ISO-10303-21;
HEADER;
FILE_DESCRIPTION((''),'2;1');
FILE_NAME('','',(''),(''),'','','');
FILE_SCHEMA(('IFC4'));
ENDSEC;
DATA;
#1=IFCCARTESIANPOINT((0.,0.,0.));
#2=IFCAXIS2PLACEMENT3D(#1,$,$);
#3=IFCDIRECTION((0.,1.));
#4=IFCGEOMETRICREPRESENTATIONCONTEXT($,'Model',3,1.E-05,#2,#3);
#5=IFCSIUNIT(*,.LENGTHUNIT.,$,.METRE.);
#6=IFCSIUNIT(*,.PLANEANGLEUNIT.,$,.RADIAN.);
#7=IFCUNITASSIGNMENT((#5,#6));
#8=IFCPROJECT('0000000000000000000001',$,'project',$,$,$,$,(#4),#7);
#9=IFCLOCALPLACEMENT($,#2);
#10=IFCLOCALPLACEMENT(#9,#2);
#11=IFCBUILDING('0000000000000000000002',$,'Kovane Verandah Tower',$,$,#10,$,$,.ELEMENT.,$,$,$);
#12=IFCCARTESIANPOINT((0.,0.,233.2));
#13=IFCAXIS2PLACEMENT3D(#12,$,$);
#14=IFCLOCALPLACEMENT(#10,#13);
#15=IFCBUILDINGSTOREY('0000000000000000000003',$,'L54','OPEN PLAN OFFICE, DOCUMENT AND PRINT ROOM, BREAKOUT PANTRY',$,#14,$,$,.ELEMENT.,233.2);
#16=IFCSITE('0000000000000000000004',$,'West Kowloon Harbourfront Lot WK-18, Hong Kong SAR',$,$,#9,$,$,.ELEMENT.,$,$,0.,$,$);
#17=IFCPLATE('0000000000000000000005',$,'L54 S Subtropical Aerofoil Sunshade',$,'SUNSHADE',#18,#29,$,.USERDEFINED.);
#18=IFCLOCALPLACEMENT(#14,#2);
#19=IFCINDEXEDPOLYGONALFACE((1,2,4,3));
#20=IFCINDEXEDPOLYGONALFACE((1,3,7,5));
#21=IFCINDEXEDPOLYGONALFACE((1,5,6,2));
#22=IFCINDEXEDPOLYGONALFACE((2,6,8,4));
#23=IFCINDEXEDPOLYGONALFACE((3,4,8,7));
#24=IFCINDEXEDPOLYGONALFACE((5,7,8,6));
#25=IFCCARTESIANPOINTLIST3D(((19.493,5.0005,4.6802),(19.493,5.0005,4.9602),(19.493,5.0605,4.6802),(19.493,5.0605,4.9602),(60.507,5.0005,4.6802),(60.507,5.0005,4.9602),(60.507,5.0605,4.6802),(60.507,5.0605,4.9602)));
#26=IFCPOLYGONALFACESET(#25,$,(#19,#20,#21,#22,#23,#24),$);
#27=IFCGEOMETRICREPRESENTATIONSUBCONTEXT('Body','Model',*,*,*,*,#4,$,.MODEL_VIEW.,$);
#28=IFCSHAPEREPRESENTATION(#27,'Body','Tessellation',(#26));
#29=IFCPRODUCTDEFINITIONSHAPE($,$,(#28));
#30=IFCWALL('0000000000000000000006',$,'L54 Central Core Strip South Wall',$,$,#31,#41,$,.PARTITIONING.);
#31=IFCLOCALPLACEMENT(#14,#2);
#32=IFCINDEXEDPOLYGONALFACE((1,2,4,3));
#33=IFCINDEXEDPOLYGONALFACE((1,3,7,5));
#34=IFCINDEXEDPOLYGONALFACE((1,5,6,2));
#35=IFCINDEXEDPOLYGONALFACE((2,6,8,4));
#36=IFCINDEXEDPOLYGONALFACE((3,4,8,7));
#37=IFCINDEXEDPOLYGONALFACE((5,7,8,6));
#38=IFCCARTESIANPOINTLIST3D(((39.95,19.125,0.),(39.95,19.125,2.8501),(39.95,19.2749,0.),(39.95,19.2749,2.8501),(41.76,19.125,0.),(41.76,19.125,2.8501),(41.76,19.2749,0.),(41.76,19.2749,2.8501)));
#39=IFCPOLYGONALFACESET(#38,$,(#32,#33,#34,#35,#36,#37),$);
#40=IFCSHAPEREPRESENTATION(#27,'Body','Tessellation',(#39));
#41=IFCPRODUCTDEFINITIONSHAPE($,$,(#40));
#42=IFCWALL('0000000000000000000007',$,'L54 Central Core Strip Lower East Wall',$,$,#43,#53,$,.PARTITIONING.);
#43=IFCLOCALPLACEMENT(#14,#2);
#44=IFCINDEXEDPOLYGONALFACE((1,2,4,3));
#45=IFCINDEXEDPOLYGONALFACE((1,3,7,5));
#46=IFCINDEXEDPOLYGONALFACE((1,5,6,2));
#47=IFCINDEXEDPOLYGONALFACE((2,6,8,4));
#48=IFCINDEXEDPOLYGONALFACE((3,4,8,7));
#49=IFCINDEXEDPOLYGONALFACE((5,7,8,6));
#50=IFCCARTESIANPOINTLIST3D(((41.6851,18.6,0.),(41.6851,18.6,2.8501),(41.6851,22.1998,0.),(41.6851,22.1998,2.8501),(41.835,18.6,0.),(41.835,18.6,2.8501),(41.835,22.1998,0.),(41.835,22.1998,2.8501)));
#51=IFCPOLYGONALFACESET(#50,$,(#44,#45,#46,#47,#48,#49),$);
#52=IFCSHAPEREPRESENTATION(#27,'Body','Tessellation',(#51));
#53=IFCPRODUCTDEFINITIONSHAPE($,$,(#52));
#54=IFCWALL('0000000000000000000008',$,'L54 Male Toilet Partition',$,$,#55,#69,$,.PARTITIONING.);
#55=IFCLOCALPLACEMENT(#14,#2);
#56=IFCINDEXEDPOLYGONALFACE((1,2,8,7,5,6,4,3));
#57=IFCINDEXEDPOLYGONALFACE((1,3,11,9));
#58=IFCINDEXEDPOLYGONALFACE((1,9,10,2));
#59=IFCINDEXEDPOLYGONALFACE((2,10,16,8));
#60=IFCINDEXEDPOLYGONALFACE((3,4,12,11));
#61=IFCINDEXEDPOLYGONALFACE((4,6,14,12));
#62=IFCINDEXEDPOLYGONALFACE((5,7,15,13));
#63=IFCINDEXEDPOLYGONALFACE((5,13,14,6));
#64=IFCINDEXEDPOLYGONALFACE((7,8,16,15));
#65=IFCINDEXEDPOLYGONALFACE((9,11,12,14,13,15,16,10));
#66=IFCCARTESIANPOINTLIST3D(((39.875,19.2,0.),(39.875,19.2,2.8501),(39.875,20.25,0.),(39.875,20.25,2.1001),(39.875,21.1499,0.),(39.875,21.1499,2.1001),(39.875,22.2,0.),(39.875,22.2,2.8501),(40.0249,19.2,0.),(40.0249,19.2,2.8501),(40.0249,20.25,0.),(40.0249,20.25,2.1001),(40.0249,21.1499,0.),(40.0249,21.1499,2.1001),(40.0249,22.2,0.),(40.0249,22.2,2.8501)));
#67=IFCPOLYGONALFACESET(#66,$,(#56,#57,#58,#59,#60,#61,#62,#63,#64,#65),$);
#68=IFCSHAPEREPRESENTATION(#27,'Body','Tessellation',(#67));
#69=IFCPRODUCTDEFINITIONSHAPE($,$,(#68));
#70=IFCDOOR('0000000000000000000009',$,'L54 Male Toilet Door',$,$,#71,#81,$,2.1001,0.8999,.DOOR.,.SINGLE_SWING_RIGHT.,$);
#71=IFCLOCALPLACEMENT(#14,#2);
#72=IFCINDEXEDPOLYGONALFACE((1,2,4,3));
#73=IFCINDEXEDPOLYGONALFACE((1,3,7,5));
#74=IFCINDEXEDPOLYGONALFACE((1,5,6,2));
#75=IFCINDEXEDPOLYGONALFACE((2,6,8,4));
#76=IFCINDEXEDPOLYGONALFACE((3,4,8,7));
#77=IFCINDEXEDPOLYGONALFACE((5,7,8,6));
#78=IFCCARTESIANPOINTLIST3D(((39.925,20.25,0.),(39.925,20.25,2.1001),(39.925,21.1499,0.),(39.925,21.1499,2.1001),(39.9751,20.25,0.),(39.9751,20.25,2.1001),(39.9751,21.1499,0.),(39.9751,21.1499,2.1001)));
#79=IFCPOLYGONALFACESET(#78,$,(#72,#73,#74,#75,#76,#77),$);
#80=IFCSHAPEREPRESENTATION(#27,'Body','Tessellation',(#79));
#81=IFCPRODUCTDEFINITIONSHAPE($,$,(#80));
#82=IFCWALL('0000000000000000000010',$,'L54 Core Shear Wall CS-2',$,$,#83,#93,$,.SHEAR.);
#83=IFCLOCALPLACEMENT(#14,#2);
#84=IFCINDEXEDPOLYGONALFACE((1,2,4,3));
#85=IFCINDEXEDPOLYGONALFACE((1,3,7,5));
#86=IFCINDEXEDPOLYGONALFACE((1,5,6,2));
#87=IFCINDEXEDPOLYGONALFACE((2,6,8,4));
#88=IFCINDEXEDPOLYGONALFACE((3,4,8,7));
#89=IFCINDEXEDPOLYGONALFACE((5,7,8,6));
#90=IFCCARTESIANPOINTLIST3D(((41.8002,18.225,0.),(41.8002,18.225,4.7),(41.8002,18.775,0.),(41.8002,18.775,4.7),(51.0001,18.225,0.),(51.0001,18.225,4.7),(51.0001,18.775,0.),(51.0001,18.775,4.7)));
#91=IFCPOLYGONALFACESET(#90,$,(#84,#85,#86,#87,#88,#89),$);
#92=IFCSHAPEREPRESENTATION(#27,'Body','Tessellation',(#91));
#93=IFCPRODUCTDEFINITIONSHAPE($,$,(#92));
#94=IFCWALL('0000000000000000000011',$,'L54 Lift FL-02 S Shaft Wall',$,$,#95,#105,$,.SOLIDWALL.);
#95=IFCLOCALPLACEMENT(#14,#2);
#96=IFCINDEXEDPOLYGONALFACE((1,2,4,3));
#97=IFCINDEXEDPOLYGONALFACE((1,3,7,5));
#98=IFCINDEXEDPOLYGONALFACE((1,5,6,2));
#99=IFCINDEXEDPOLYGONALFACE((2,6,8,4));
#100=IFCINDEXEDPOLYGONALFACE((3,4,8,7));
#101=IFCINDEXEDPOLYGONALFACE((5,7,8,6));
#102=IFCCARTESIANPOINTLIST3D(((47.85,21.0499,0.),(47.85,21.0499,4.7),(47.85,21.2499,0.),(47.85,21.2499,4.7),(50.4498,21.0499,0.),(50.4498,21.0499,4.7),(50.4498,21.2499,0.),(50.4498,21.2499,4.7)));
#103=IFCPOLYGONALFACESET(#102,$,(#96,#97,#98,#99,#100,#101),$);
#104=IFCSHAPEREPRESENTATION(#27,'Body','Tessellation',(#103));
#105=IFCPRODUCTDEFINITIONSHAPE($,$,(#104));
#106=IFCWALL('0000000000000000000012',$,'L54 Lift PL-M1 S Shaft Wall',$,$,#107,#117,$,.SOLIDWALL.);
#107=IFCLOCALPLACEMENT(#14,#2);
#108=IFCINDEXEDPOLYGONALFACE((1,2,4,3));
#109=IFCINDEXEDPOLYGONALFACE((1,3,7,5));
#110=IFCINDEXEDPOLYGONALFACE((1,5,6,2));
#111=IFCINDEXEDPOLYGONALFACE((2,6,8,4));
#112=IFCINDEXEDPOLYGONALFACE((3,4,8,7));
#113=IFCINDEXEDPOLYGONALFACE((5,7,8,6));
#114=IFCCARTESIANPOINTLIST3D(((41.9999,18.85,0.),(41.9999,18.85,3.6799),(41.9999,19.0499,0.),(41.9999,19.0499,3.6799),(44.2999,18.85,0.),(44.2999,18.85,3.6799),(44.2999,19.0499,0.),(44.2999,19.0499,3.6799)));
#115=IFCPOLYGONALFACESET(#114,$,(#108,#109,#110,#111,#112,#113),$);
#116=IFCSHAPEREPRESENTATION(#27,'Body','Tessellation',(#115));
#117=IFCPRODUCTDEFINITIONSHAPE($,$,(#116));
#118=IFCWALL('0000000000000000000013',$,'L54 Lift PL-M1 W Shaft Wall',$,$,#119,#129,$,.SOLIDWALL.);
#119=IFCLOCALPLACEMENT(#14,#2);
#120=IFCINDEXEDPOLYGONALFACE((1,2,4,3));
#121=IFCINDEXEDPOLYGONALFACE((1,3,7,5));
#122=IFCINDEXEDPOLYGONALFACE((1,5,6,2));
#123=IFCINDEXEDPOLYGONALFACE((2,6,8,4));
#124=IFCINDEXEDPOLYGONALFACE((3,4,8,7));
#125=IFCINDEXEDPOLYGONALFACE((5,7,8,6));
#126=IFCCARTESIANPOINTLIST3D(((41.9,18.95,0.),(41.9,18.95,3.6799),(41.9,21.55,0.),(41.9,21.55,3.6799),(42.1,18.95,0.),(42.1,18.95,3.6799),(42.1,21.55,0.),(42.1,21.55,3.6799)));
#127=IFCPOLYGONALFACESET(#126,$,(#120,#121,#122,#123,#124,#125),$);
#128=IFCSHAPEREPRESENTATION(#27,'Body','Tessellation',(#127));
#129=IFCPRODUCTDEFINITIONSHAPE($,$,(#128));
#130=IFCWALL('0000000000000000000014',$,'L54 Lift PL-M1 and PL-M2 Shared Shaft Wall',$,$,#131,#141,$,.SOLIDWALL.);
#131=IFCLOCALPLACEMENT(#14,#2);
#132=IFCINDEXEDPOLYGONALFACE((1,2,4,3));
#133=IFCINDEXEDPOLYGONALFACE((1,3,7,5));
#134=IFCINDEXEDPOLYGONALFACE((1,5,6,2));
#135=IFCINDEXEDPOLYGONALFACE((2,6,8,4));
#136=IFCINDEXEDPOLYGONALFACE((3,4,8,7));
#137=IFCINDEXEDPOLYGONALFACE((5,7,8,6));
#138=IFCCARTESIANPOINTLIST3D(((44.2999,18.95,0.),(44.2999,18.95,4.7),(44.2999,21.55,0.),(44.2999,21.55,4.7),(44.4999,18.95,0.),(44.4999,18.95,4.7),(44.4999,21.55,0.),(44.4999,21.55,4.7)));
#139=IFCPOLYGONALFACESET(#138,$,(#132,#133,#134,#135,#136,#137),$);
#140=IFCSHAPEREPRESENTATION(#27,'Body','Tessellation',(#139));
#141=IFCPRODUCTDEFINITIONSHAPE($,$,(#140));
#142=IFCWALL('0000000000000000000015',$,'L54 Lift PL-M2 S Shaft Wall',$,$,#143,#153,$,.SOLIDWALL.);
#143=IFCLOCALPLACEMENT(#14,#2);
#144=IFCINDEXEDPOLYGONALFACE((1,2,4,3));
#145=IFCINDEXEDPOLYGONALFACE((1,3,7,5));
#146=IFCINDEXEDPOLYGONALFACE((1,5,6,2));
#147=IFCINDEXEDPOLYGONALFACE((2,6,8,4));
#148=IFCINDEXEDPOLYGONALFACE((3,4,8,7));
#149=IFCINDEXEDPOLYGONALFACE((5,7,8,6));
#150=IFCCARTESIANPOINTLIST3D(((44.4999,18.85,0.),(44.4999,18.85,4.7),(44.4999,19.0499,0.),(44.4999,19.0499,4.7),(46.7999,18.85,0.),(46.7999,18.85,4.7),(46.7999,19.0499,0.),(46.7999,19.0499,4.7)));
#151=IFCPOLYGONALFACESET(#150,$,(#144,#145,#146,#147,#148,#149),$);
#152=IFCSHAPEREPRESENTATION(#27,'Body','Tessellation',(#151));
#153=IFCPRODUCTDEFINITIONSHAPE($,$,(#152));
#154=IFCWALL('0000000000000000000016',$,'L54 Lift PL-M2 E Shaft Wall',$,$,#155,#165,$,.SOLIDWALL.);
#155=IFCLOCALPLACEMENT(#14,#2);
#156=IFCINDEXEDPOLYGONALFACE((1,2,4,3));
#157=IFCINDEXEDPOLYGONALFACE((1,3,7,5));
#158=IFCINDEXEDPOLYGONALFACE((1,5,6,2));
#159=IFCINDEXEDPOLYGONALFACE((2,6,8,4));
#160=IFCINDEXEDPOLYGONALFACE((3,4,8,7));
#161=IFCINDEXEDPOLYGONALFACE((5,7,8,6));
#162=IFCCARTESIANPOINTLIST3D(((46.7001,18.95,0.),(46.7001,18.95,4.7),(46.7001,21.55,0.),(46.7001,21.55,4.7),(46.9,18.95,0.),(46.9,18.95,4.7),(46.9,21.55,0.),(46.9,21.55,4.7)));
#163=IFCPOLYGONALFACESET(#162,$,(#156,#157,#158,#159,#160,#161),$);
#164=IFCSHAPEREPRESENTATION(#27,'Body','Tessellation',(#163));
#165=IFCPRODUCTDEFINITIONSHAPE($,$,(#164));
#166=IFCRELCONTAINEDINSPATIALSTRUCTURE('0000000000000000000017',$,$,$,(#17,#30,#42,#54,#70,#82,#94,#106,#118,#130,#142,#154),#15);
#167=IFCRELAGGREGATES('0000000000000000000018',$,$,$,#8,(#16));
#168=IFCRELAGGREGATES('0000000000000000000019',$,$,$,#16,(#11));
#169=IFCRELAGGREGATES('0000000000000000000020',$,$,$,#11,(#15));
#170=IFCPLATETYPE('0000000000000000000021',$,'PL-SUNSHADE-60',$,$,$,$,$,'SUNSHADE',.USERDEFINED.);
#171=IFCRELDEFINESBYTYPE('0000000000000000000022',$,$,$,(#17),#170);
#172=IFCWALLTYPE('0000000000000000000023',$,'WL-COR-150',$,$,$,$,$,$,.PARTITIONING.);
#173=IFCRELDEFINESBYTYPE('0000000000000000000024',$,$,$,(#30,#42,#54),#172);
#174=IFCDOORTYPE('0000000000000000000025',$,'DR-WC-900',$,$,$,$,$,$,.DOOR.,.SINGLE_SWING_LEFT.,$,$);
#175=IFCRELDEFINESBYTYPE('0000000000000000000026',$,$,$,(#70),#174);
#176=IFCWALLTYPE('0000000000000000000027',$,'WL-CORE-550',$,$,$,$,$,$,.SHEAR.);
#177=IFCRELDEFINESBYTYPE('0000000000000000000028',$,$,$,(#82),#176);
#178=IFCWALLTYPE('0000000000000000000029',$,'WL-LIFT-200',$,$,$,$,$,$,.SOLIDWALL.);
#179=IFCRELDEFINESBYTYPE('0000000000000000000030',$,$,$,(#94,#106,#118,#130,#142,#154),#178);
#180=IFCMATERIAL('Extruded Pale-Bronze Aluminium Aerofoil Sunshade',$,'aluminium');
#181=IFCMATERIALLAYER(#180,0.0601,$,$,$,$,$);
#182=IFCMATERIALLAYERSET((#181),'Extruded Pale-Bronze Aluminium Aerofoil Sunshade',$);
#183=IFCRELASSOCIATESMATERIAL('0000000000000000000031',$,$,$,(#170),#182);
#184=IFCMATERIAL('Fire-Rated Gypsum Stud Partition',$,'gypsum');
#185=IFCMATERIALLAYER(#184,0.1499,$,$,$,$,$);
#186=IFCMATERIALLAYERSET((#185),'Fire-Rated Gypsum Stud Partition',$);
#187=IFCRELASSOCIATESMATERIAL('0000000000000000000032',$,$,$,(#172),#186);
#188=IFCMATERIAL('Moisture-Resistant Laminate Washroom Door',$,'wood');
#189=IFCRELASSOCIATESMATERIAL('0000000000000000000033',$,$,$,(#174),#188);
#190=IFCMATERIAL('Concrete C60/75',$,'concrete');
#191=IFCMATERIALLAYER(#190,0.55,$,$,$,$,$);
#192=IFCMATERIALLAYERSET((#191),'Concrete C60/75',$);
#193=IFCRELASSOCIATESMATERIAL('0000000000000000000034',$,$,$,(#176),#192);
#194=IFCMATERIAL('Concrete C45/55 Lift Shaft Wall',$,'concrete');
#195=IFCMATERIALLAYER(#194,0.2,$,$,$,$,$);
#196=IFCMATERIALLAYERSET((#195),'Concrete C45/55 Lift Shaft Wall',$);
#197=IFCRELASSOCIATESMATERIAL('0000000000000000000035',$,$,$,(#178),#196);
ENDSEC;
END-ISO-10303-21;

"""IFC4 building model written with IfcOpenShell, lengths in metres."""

from ifc_helpers import new_model, si_unit, direction, frame, frame_2d, origin, origin_2d, place, context, subcontext, project, spatial, rectangle, extrude, material, layer, layer_set, type_object, element, fill, save


model = new_model("IFC4")

# Units and contexts
model_context = context("Model", 3, precision=1e-05, world=origin(), true_north=direction((0.0, 1.0)))
body_context = subcontext(model_context, "Body", "Model", "MODEL_VIEW")
ifc_project = project(units=[si_unit("LENGTHUNIT", "METRE"), si_unit("PLANEANGLEUNIT", "RADIAN")], contexts=[model_context])

# Site, building, storey
site_placement = place(None, origin())
site = spatial("IfcSite", under=ifc_project, at=site_placement, Name="West Kowloon Harbourfront Lot WK-18, Hong Kong SAR", CompositionType="ELEMENT", RefElevation=0.0)
building_placement = place(site_placement, origin())
building = spatial("IfcBuilding", under=site, at=building_placement, Name="Kovane Verandah Tower", CompositionType="ELEMENT")
storey_placement = place(building_placement, frame((0.0, 0.0, 233.2)))
storey = spatial("IfcBuildingStorey", under=building, at=storey_placement, Name="L54", Description="OPEN PLAN OFFICE, DOCUMENT AND PRINT ROOM, BREAKOUT PANTRY", CompositionType="ELEMENT", Elevation=233.2)

# Shared definitions
ifc_material_1 = material(Name="Concrete C60/75", Category="concrete")

# Plate
ifc_material_2 = material(Name="Extruded Pale-Bronze Aluminium Aerofoil Sunshade", Category="aluminium")
ifc_layer_1 = layer(ifc_material_2, 0.0601)
ifc_layer_set_1 = layer_set([ifc_layer_1], Name="Extruded Pale-Bronze Aluminium Aerofoil Sunshade")
plate_type_1 = type_object("IfcPlateType", Name="PL-SUNSHADE-60", ElementType="SUNSHADE", PredefinedType="USERDEFINED", material=ifc_layer_set_1)
plate_1_placement = place(storey_placement, frame((40.0, 5.0305, 4.6802), z_axis=(0.0, 0.0, 1.0), x_axis=(1.0, 0.0, 0.0)))
element("IfcPlate", 1, at=plate_1_placement, inside=storey, type_object=plate_type_1, Name="L54 S Subtropical Aerofoil Sunshade", ObjectType="SUNSHADE", PredefinedType="USERDEFINED", context=body_context, shape_type="SweptSolid", body=[
    extrude(rectangle(XDim=41.0139, YDim=0.0601, at=origin_2d()), origin(), (0.0, 0.0, 1.0), 0.28),
])

# Walls
ifc_material_3 = material(Name="Fire-Rated Gypsum Stud Partition", Category="gypsum")
ifc_layer_2 = layer(ifc_material_3, 0.1499)
ifc_layer_set_2 = layer_set([ifc_layer_2], Name="Fire-Rated Gypsum Stud Partition")
wall_type_1 = type_object("IfcWallType", Name="WL-COR-150", PredefinedType="PARTITIONING", material=ifc_layer_set_2)
wall_1_placement = place(storey_placement, frame((39.95, 19.2, 0.0), z_axis=(0.0, 0.0, 1.0), x_axis=(1.0, 0.0, 0.0)))
element("IfcWall", 2, at=wall_1_placement, inside=storey, type_object=wall_type_1, Name="L54 Central Core Strip South Wall", PredefinedType="PARTITIONING", context=body_context, shape_type="SweptSolid", body=[
    extrude(rectangle(XDim=1.8101, YDim=0.1499, at=frame_2d((0.905, 0.0))), origin(), (0.0, 0.0, 1.0), 2.8501),
])
wall_2_placement = place(storey_placement, frame((41.76, 18.6001, 0.0), z_axis=(0.0, 0.0, 1.0), x_axis=(0.0, 1.0, 0.0)))
element("IfcWall", 3, at=wall_2_placement, inside=storey, type_object=wall_type_1, Name="L54 Central Core Strip Lower East Wall", PredefinedType="PARTITIONING", context=body_context, shape_type="SweptSolid", body=[
    extrude(rectangle(XDim=3.5999, YDim=0.1499, at=frame_2d((1.7998, 0.0))), origin(), (0.0, 0.0, 1.0), 2.8501),
])

# Wall, opening, door
wall_3_placement = place(storey_placement, frame((39.95, 19.2, 0.0), z_axis=(0.0, 0.0, 1.0), x_axis=(0.0, 1.0, 0.0)))
wall_3 = element("IfcWall", 4, at=wall_3_placement, inside=storey, type_object=wall_type_1, Name="L54 Male Toilet Partition", PredefinedType="PARTITIONING", context=body_context, shape_type="SweptSolid", body=[
    extrude(rectangle(XDim=3.0, YDim=0.1499, at=frame_2d((1.5, 0.0))), origin(), (0.0, 0.0, 1.0), 2.8501),
])
opening_1_placement = place(wall_3_placement, frame((1.05, 0.0, 0.0)))
opening_1 = element("IfcOpeningElement", 5, at=opening_1_placement, cuts=wall_3, PredefinedType="OPENING", context=body_context, shape_type="SweptSolid", body=[
    extrude(rectangle(XDim=0.8999, YDim=2.1001, at=frame_2d((0.45, 1.05))), frame((0.0, 0.075, 0.0), z_axis=(0.0, -1.0, 0.0), x_axis=(1.0, 0.0, 0.0)), (0.0, 0.0, 1.0), 0.1499),
])
ifc_material_4 = material(Name="Moisture-Resistant Laminate Washroom Door", Category="wood")
door_type_1 = type_object("IfcDoorType", Name="DR-WC-900", OperationType="SINGLE_SWING_LEFT", PredefinedType="DOOR", material=ifc_material_4)
door_1_placement = place(opening_1_placement, origin())
door_1 = element("IfcDoor", 6, at=door_1_placement, inside=storey, type_object=door_type_1, Name="L54 Male Toilet Door", OperationType="SINGLE_SWING_RIGHT", OverallHeight=2.1001, OverallWidth=0.8999, PredefinedType="DOOR", context=body_context, shape_type="SweptSolid", body=[
    extrude(rectangle(XDim=0.8999, YDim=2.1001, at=frame_2d((0.45, 1.05))), frame((0.0, 0.0249, 0.0), z_axis=(0.0, -1.0, 0.0), x_axis=(1.0, 0.0, 0.0)), (0.0, 0.0, 1.0), 0.05),
])
fill(opening_1, door_1)

# Walls
ifc_layer_3 = layer(ifc_material_1, 0.55)
ifc_layer_set_3 = layer_set([ifc_layer_3], Name="Concrete C60/75")
wall_type_2 = type_object("IfcWallType", Name="WL-CORE-550", PredefinedType="SHEAR", material=ifc_layer_set_3)
wall_4_placement = place(storey_placement, frame((41.8, 18.5, 0.0), z_axis=(0.0, 0.0, 1.0), x_axis=(1.0, 0.0, 0.0)))
element("IfcWall", 7, at=wall_4_placement, inside=storey, type_object=wall_type_2, Name="L54 Core Shear Wall CS-2", PredefinedType="SHEAR", context=body_context, shape_type="SweptSolid", body=[
    extrude(rectangle(XDim=9.2, YDim=0.55, at=frame_2d((4.6001, 0.0))), origin(), (0.0, 0.0, 1.0), 4.7),
])
ifc_material_5 = material(Name="Concrete C45/55 Lift Shaft Wall", Category="concrete")
ifc_layer_4 = layer(ifc_material_5, 0.2)
ifc_layer_set_4 = layer_set([ifc_layer_4], Name="Concrete C45/55 Lift Shaft Wall")
wall_type_3 = type_object("IfcWallType", Name="WL-LIFT-200", PredefinedType="SOLIDWALL", material=ifc_layer_set_4)
wall_5_placement = place(storey_placement, frame((47.8501, 21.1499, 0.0), z_axis=(0.0, 0.0, 1.0), x_axis=(1.0, 0.0, 0.0)))
element("IfcWall", 8, at=wall_5_placement, inside=storey, type_object=wall_type_3, Name="L54 Lift FL-02 S Shaft Wall", PredefinedType="SOLIDWALL", context=body_context, shape_type="SweptSolid", body=[
    extrude(rectangle(XDim=2.5999, YDim=0.2, at=frame_2d((1.2998, 0.0))), origin(), (0.0, 0.0, 1.0), 4.7),
])
wall_6_placement = place(storey_placement, frame((42.0, 18.95, 0.0), z_axis=(0.0, 0.0, 1.0), x_axis=(1.0, 0.0, 0.0)))
element("IfcWall", 9, at=wall_6_placement, inside=storey, type_object=wall_type_3, Name="L54 Lift PL-M1 S Shaft Wall", PredefinedType="SOLIDWALL", context=body_context, shape_type="SweptSolid", body=[
    extrude(rectangle(XDim=2.3, YDim=0.2, at=frame_2d((1.1499, 0.0))), origin(), (0.0, 0.0, 1.0), 3.6799),
])

# Walls
wall_7_placement = place(storey_placement, frame((42.0, 21.55, 0.0), z_axis=(0.0, 0.0, 1.0), x_axis=(0.0, -1.0, 0.0)))
element("IfcWall", 10, at=wall_7_placement, inside=storey, type_object=wall_type_3, Name="L54 Lift PL-M1 W Shaft Wall", PredefinedType="SOLIDWALL", context=body_context, shape_type="SweptSolid", body=[
    extrude(rectangle(XDim=2.6001, YDim=0.2, at=frame_2d((1.3, 0.0))), origin(), (0.0, 0.0, 1.0), 3.6799),
])
wall_8_placement = place(storey_placement, frame((44.3999, 18.95, 0.0), z_axis=(0.0, 0.0, 1.0), x_axis=(0.0, 1.0, 0.0)))
element("IfcWall", 11, at=wall_8_placement, inside=storey, type_object=wall_type_3, Name="L54 Lift PL-M1 and PL-M2 Shared Shaft Wall", PredefinedType="SOLIDWALL", context=body_context, shape_type="SweptSolid", body=[
    extrude(rectangle(XDim=2.6001, YDim=0.2, at=frame_2d((1.3, 0.0))), origin(), (0.0, 0.0, 1.0), 4.7),
])
wall_9_placement = place(storey_placement, frame((44.5, 18.95, 0.0), z_axis=(0.0, 0.0, 1.0), x_axis=(1.0, 0.0, 0.0)))
element("IfcWall", 12, at=wall_9_placement, inside=storey, type_object=wall_type_3, Name="L54 Lift PL-M2 S Shaft Wall", PredefinedType="SOLIDWALL", context=body_context, shape_type="SweptSolid", body=[
    extrude(rectangle(XDim=2.3, YDim=0.2, at=frame_2d((1.1499, 0.0))), origin(), (0.0, 0.0, 1.0), 4.7),
])

# Wall
wall_10_placement = place(storey_placement, frame((46.8, 18.95, 0.0), z_axis=(0.0, 0.0, 1.0), x_axis=(0.0, 1.0, 0.0)))
element("IfcWall", 13, at=wall_10_placement, inside=storey, type_object=wall_type_3, Name="L54 Lift PL-M2 E Shaft Wall", PredefinedType="SOLIDWALL", context=body_context, shape_type="SweptSolid", body=[
    extrude(rectangle(XDim=2.6001, YDim=0.2, at=frame_2d((1.3, 0.0))), origin(), (0.0, 0.0, 1.0), 4.7),
])

save(model, "model.ifc")
